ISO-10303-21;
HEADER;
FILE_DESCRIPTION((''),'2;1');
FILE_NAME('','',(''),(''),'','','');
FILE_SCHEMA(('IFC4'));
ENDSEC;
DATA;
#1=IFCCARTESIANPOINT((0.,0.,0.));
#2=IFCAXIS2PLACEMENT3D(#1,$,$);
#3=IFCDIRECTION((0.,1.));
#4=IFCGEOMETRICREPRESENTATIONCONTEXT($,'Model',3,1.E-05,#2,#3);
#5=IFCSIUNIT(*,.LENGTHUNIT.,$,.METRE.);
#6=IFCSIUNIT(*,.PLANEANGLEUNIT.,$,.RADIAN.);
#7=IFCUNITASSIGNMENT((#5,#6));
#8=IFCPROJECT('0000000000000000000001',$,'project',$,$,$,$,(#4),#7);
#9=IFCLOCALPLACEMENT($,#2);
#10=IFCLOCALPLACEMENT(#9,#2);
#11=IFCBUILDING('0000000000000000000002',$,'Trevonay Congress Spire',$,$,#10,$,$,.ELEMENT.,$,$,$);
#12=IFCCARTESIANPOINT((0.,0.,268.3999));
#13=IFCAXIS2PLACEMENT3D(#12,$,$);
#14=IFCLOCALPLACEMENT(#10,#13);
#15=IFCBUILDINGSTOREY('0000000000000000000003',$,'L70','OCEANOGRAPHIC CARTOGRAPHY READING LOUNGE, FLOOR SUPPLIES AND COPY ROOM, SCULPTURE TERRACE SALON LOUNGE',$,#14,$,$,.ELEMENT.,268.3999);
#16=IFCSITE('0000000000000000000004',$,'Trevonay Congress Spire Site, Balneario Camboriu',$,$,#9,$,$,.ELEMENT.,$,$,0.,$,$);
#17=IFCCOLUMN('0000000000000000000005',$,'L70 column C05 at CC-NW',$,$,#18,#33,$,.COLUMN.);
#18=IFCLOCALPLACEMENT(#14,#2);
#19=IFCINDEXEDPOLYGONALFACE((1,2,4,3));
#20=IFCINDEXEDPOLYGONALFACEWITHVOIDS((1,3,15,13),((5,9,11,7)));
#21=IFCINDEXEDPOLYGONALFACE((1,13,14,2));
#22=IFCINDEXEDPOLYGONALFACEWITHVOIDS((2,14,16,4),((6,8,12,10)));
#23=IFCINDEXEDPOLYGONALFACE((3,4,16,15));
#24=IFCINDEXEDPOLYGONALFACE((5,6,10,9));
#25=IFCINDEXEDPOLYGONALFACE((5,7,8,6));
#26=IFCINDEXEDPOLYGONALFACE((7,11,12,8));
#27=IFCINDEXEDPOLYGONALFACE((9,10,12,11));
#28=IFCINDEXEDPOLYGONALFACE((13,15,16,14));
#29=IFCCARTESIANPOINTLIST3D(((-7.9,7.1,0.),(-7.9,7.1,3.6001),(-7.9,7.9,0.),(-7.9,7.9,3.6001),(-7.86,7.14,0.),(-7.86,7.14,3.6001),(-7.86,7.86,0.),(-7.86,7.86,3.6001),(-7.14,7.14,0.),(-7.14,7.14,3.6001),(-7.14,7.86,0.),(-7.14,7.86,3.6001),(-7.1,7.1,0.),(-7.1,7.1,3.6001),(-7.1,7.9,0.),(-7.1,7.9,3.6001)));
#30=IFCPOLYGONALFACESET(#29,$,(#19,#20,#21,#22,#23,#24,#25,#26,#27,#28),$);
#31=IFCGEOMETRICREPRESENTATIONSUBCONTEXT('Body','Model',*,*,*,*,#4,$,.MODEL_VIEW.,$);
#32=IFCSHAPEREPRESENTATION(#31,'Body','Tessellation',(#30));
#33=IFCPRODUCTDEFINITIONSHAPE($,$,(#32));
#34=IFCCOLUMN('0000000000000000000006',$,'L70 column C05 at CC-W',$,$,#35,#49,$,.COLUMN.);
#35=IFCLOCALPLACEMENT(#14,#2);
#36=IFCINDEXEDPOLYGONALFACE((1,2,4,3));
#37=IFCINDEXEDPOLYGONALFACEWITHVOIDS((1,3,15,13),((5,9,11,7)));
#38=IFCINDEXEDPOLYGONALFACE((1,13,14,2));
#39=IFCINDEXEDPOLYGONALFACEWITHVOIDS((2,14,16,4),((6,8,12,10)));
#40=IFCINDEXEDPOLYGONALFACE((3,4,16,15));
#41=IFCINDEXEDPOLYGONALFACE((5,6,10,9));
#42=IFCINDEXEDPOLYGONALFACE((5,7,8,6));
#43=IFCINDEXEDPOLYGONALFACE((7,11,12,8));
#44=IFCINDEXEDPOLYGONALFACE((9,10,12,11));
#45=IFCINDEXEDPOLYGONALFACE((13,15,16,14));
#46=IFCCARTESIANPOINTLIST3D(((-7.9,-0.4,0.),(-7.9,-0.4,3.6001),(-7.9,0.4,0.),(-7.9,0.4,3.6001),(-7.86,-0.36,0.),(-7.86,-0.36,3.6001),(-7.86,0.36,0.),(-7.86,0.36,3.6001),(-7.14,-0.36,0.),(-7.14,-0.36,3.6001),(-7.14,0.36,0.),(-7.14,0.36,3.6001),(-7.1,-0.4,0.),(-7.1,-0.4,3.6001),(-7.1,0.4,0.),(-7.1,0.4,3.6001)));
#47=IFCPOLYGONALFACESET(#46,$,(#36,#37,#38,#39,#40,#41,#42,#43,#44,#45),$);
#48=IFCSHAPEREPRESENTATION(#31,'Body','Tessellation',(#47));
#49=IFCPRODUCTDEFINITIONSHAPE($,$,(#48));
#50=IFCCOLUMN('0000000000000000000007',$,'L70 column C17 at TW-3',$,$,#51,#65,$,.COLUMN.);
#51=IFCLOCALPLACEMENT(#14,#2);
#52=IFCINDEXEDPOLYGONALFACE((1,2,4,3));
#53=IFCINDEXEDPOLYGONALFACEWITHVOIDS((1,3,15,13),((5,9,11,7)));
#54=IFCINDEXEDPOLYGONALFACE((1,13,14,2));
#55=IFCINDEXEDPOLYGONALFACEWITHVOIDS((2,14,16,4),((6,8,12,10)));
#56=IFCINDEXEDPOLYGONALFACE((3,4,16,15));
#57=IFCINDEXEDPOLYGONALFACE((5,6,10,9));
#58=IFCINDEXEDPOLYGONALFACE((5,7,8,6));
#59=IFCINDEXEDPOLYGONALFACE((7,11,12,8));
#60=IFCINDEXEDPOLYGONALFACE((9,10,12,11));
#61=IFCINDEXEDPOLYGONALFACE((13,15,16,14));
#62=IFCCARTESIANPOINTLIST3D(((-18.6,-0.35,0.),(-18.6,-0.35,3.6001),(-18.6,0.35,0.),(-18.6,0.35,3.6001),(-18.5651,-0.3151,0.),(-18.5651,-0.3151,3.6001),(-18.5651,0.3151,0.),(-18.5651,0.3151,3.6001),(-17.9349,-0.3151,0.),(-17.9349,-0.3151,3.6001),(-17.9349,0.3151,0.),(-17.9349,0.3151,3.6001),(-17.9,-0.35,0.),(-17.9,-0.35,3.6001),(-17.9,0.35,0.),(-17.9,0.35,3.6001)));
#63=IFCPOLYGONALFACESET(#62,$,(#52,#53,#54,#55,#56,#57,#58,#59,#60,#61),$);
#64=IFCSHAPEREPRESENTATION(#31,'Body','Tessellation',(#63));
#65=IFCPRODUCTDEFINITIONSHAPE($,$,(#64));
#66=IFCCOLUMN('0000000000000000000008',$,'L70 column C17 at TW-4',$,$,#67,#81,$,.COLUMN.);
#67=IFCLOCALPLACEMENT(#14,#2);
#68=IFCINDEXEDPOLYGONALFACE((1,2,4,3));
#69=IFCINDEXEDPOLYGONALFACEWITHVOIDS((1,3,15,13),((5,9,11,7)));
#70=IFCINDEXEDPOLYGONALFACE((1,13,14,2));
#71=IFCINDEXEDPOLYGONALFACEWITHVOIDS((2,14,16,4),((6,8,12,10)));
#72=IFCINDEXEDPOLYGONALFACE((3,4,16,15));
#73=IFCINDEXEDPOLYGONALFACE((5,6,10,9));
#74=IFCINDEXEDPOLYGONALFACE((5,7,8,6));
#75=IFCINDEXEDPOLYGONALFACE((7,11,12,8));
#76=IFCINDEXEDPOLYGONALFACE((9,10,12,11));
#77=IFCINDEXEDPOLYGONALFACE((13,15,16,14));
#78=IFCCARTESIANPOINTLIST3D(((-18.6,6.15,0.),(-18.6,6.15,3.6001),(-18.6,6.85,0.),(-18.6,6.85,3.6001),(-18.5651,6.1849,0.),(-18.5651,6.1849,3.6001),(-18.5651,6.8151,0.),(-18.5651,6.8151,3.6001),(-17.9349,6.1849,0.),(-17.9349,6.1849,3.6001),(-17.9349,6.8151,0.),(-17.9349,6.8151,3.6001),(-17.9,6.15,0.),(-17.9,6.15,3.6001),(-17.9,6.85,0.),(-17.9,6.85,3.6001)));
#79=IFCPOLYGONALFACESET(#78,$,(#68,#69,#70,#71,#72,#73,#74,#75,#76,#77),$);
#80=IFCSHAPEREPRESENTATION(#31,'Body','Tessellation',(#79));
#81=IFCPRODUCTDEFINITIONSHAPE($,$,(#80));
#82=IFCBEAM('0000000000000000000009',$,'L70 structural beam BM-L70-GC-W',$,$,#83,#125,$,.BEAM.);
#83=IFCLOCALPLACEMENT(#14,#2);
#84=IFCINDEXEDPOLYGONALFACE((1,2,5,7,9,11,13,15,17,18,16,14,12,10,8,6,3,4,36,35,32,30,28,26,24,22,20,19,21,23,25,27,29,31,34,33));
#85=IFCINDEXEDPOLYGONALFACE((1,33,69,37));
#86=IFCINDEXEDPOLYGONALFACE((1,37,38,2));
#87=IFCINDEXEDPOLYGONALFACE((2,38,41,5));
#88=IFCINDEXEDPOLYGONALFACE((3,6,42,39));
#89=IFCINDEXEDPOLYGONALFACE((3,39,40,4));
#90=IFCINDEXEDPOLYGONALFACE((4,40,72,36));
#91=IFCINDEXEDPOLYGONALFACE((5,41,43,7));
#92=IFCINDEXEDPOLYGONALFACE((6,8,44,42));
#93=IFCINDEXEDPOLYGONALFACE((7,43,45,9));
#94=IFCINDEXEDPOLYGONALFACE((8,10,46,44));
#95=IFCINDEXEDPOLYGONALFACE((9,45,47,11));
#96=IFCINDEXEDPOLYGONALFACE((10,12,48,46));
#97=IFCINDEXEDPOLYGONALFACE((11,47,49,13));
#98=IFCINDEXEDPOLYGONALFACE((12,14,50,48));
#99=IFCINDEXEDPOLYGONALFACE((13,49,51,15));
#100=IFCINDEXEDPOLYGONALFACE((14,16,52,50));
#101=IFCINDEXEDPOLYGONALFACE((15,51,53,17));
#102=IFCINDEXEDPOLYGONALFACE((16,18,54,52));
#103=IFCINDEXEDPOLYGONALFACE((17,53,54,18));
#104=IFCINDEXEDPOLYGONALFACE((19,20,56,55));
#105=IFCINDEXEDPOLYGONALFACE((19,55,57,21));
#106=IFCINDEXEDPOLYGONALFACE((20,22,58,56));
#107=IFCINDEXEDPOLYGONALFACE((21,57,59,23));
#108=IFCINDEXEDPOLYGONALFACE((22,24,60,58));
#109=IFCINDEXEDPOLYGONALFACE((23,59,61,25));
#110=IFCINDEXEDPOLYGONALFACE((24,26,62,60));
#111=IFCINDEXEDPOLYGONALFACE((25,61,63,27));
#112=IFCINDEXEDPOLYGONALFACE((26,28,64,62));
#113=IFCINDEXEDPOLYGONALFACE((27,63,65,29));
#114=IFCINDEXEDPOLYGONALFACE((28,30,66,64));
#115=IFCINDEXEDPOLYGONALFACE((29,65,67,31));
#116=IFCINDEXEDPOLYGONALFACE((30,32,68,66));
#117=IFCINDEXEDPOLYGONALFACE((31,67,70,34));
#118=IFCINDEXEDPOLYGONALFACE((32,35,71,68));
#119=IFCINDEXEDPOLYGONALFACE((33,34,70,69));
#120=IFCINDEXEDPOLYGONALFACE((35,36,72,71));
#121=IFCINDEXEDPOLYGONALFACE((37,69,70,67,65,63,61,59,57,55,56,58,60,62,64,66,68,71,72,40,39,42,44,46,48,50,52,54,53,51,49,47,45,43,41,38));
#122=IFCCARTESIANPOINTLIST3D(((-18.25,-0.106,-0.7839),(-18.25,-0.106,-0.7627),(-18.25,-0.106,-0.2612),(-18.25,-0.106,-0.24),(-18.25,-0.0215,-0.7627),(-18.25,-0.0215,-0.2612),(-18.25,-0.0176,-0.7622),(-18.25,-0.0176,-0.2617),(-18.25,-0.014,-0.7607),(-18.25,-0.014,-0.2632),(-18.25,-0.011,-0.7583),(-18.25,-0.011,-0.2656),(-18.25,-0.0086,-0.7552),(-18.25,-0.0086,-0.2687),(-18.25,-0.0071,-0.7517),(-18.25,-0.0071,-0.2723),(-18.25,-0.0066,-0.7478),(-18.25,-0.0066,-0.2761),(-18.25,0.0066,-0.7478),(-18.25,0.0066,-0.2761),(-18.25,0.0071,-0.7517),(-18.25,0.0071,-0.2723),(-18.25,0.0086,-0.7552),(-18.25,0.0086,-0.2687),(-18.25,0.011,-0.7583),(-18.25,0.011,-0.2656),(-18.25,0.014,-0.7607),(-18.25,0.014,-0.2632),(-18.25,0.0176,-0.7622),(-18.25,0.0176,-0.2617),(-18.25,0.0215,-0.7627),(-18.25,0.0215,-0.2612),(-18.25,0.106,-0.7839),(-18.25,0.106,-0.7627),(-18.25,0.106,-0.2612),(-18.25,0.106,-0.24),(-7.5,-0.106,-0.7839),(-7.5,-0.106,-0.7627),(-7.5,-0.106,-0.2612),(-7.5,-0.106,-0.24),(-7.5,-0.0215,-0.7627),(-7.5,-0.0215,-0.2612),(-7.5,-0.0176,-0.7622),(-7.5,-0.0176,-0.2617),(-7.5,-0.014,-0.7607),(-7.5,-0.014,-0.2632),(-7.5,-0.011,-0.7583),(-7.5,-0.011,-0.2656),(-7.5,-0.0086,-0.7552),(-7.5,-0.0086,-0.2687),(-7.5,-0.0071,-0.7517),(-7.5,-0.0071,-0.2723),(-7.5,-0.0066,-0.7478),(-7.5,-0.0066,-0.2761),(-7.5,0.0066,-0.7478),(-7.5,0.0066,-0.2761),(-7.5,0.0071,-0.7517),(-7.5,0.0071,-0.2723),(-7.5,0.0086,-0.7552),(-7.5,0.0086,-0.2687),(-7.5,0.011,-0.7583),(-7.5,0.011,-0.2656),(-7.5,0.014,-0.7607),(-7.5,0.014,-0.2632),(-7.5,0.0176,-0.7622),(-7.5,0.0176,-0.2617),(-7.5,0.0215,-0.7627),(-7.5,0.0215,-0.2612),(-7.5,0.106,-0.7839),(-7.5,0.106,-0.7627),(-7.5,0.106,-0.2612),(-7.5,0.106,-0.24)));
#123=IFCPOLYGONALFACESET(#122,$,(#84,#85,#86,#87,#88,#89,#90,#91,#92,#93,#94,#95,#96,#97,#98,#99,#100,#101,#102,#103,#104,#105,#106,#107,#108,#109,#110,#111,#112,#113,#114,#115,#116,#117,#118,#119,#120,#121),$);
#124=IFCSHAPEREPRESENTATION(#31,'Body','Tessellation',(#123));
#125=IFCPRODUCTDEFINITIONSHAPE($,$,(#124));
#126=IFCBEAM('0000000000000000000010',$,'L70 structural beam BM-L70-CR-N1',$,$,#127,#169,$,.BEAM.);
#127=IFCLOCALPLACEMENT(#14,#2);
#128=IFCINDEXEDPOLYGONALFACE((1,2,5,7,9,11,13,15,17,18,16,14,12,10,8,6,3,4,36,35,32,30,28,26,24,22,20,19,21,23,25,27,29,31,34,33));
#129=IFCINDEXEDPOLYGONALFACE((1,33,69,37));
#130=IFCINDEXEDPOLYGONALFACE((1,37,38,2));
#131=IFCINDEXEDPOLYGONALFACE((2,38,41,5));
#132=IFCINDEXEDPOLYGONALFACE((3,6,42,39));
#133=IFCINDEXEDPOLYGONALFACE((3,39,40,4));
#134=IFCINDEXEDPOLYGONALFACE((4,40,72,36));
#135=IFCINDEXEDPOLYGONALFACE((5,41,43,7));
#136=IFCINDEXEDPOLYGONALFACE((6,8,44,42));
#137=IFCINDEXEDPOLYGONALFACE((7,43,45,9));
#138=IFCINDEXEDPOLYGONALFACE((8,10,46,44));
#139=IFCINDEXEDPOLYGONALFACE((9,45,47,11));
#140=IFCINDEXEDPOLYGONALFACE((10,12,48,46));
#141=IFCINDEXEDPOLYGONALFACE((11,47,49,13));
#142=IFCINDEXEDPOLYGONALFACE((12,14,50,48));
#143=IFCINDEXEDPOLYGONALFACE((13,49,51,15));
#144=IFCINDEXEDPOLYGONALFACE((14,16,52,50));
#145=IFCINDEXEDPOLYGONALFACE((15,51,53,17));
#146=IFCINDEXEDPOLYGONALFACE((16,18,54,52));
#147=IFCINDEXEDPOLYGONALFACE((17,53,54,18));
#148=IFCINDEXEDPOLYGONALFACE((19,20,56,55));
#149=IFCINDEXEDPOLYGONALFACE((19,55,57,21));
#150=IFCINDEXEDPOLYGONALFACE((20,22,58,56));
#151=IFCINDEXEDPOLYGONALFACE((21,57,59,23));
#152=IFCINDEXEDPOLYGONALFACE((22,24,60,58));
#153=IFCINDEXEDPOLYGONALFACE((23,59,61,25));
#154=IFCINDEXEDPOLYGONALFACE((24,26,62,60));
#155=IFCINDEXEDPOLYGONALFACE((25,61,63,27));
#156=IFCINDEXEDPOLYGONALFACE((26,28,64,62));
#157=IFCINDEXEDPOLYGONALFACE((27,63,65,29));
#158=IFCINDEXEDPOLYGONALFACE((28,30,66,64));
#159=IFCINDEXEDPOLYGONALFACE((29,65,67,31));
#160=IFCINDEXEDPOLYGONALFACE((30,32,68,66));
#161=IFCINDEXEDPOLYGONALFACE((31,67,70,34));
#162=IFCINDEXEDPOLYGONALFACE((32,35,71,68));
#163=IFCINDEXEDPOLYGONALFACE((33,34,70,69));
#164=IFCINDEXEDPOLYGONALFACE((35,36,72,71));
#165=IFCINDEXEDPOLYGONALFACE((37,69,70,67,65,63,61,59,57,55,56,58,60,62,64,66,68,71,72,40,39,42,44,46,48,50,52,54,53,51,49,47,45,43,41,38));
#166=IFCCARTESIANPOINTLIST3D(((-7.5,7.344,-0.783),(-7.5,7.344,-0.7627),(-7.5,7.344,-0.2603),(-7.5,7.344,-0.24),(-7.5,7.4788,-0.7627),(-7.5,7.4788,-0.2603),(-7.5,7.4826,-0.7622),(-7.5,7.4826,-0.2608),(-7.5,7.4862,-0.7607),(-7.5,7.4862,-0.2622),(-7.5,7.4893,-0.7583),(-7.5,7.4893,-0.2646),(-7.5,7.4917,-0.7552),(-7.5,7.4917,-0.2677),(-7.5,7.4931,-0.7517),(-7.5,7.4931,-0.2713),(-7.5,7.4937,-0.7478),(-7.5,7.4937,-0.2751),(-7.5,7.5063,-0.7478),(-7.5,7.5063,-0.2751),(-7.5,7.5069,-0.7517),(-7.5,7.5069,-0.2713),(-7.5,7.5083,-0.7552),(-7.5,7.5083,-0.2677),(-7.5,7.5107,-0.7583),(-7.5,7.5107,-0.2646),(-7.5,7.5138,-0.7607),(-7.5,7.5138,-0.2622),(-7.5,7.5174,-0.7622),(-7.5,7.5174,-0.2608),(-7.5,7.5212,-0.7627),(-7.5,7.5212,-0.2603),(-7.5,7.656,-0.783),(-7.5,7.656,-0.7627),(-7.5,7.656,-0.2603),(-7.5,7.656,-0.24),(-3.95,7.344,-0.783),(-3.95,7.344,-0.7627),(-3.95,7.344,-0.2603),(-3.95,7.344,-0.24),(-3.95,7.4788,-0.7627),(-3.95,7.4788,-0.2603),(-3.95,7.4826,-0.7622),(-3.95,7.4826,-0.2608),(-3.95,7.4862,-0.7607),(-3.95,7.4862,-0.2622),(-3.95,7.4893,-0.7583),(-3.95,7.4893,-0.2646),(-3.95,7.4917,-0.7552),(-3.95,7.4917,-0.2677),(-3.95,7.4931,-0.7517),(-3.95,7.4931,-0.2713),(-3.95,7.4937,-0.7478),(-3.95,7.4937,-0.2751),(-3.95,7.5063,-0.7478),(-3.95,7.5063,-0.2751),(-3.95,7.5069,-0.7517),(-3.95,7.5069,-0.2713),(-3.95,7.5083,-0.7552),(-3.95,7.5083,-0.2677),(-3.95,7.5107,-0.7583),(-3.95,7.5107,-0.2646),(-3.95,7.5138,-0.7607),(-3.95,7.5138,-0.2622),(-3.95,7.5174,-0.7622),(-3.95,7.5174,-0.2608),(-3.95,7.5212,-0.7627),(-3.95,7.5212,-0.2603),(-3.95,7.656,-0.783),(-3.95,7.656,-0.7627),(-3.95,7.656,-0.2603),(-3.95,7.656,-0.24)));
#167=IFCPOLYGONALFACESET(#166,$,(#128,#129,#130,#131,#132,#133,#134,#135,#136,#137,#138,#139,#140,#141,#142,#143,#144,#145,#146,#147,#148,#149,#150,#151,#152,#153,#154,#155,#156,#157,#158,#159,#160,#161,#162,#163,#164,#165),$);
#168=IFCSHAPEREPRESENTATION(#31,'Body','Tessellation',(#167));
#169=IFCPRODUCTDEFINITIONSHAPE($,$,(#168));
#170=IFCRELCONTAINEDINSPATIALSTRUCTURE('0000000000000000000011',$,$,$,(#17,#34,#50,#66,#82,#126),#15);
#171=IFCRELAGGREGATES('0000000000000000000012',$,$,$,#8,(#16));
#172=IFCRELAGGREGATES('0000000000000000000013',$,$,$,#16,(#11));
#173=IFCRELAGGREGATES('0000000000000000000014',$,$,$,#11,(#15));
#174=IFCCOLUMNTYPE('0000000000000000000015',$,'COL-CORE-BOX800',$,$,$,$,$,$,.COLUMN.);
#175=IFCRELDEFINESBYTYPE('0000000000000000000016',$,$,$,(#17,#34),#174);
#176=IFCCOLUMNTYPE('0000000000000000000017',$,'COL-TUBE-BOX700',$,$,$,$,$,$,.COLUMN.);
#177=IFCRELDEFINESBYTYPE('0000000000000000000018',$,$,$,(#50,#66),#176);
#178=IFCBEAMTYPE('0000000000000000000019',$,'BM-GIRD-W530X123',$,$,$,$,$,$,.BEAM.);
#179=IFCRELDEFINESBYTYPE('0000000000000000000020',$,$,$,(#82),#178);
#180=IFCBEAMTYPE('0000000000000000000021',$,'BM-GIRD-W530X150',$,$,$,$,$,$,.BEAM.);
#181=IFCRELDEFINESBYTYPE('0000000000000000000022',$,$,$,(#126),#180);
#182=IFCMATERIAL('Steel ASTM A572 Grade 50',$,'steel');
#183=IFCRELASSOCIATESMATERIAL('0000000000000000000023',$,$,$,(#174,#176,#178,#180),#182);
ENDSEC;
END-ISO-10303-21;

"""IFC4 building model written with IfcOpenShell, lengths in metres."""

from ifc_helpers import new_model, si_unit, direction, frame, origin, origin_2d, place, context, subcontext, project, spatial, hollow_rectangle, i_section, extrude, material, material_profile, profile_set, type_object, element, save


model = new_model("IFC4")

# Units and contexts
model_context = context("Model", 3, precision=1e-05, world=origin(), true_north=direction((0.0, 1.0)))
body_context = subcontext(model_context, "Body", "Model", "MODEL_VIEW")
ifc_project = project(units=[si_unit("LENGTHUNIT", "METRE"), si_unit("PLANEANGLEUNIT", "RADIAN")], contexts=[model_context])

# Site, building, storey
site_placement = place(None, origin())
site = spatial("IfcSite", under=ifc_project, at=site_placement, Name="Trevonay Congress Spire Site, Balneario Camboriu", CompositionType="ELEMENT", RefElevation=0.0)
building_placement = place(site_placement, origin())
building = spatial("IfcBuilding", under=site, at=building_placement, Name="Trevonay Congress Spire", CompositionType="ELEMENT")
storey_placement = place(building_placement, frame((0.0, 0.0, 268.3999)))
storey = spatial("IfcBuildingStorey", under=building, at=storey_placement, Name="L70", Description="OCEANOGRAPHIC CARTOGRAPHY READING LOUNGE, FLOOR SUPPLIES AND COPY ROOM, SCULPTURE TERRACE SALON LOUNGE", CompositionType="ELEMENT", Elevation=268.3999)

# Columns
ifc_material_1 = material(Name="Steel ASTM A572 Grade 50", Category="steel")
ifc_material_profile_1 = material_profile(ifc_material_1, hollow_rectangle(XDim=0.8, YDim=0.8, WallThickness=0.04, at=origin_2d()), Name="BOX 800x800x40")
ifc_profile_set_1 = profile_set([ifc_material_profile_1], Name="Steel ASTM A572 Grade 50")
column_type_1 = type_object("IfcColumnType", Name="COL-CORE-BOX800", PredefinedType="COLUMN", material=ifc_profile_set_1)
for number, where, z_axis, x_axis, name in (
    (1, (-7.5, 7.5, 0.0), (0.0, 0.0, 1.0), (1.0, 0.0, 0.0), "L70 column C05 at CC-NW"),
    (2, (-7.5, 0.0, 0.0), (0.0, 0.0, 1.0), (1.0, 0.0, 0.0), "L70 column C05 at CC-W"),
):
    element("IfcColumn", number, at=place(storey_placement, frame(where, z_axis=z_axis, x_axis=x_axis)), inside=storey, type_object=column_type_1, Name=name, PredefinedType="COLUMN", context=body_context, shape_type="SweptSolid", body=[
        extrude(hollow_rectangle(XDim=0.8, YDim=0.8, WallThickness=0.04, at=origin_2d()), origin(), (0.0, 0.0, 1.0), 3.6001),
    ])
ifc_material_profile_2 = material_profile(ifc_material_1, hollow_rectangle(XDim=0.7, YDim=0.7, WallThickness=0.0349, at=origin_2d()), Name="BOX 700x700x35")
ifc_profile_set_2 = profile_set([ifc_material_profile_2], Name="Steel ASTM A572 Grade 50")
column_type_2 = type_object("IfcColumnType", Name="COL-TUBE-BOX700", PredefinedType="COLUMN", material=ifc_profile_set_2)
for number, where, z_axis, x_axis, name in (
    (3, (-18.25, 0.0, 0.0), (0.0, 0.0, 1.0), (1.0, 0.0, 0.0), "L70 column C17 at TW-3"),
    (4, (-18.25, 6.5, 0.0), (0.0, 0.0, 1.0), (1.0, 0.0, 0.0), "L70 column C17 at TW-4"),
):
    element("IfcColumn", number, at=place(storey_placement, frame(where, z_axis=z_axis, x_axis=x_axis)), inside=storey, type_object=column_type_2, Name=name, PredefinedType="COLUMN", context=body_context, shape_type="SweptSolid", body=[
        extrude(hollow_rectangle(XDim=0.7, YDim=0.7, WallThickness=0.0349, at=origin_2d()), origin(), (0.0, 0.0, 1.0), 3.6001),
    ])

# Beams
ifc_material_profile_3 = material_profile(ifc_material_1, i_section(OverallWidth=0.2119, OverallDepth=0.5439, WebThickness=0.0132, FlangeThickness=0.0212, FilletRadius=0.0149, at=origin_2d()), Name="W530x123")
ifc_profile_set_3 = profile_set([ifc_material_profile_3], Name="Steel ASTM A572 Grade 50")
beam_type_1 = type_object("IfcBeamType", Name="BM-GIRD-W530X123", PredefinedType="BEAM", material=ifc_profile_set_3)
beam_1_placement = place(storey_placement, frame((-7.5, 0.0, -0.512), z_axis=(-1.0, 0.0, 0.0), x_axis=(0.0, -1.0, 0.0)))
element("IfcBeam", 5, at=beam_1_placement, inside=storey, type_object=beam_type_1, Name="L70 structural beam BM-L70-GC-W", PredefinedType="BEAM", context=body_context, shape_type="SweptSolid", body=[
    extrude(i_section(OverallWidth=0.2119, OverallDepth=0.5439, WebThickness=0.0132, FlangeThickness=0.0212, FilletRadius=0.0149, at=origin_2d()), origin(), (0.0, 0.0, 1.0), 10.75),
])
ifc_material_profile_4 = material_profile(ifc_material_1, i_section(OverallWidth=0.312, OverallDepth=0.543, WebThickness=0.0127, FlangeThickness=0.0203, FilletRadius=0.0149, at=origin_2d()), Name="W530x150")
ifc_profile_set_4 = profile_set([ifc_material_profile_4], Name="Steel ASTM A572 Grade 50")
beam_type_2 = type_object("IfcBeamType", Name="BM-GIRD-W530X150", PredefinedType="BEAM", material=ifc_profile_set_4)
beam_2_placement = place(storey_placement, frame((-7.5, 7.5, -0.5115), z_axis=(1.0, 0.0, 0.0), x_axis=(0.0, 1.0, 0.0)))
element("IfcBeam", 6, at=beam_2_placement, inside=storey, type_object=beam_type_2, Name="L70 structural beam BM-L70-CR-N1", PredefinedType="BEAM", context=body_context, shape_type="SweptSolid", body=[
    extrude(i_section(OverallWidth=0.312, OverallDepth=0.543, WebThickness=0.0127, FlangeThickness=0.0203, FilletRadius=0.0149, at=origin_2d()), origin(), (0.0, 0.0, 1.0), 3.55),
])

save(model, "model.ifc")
